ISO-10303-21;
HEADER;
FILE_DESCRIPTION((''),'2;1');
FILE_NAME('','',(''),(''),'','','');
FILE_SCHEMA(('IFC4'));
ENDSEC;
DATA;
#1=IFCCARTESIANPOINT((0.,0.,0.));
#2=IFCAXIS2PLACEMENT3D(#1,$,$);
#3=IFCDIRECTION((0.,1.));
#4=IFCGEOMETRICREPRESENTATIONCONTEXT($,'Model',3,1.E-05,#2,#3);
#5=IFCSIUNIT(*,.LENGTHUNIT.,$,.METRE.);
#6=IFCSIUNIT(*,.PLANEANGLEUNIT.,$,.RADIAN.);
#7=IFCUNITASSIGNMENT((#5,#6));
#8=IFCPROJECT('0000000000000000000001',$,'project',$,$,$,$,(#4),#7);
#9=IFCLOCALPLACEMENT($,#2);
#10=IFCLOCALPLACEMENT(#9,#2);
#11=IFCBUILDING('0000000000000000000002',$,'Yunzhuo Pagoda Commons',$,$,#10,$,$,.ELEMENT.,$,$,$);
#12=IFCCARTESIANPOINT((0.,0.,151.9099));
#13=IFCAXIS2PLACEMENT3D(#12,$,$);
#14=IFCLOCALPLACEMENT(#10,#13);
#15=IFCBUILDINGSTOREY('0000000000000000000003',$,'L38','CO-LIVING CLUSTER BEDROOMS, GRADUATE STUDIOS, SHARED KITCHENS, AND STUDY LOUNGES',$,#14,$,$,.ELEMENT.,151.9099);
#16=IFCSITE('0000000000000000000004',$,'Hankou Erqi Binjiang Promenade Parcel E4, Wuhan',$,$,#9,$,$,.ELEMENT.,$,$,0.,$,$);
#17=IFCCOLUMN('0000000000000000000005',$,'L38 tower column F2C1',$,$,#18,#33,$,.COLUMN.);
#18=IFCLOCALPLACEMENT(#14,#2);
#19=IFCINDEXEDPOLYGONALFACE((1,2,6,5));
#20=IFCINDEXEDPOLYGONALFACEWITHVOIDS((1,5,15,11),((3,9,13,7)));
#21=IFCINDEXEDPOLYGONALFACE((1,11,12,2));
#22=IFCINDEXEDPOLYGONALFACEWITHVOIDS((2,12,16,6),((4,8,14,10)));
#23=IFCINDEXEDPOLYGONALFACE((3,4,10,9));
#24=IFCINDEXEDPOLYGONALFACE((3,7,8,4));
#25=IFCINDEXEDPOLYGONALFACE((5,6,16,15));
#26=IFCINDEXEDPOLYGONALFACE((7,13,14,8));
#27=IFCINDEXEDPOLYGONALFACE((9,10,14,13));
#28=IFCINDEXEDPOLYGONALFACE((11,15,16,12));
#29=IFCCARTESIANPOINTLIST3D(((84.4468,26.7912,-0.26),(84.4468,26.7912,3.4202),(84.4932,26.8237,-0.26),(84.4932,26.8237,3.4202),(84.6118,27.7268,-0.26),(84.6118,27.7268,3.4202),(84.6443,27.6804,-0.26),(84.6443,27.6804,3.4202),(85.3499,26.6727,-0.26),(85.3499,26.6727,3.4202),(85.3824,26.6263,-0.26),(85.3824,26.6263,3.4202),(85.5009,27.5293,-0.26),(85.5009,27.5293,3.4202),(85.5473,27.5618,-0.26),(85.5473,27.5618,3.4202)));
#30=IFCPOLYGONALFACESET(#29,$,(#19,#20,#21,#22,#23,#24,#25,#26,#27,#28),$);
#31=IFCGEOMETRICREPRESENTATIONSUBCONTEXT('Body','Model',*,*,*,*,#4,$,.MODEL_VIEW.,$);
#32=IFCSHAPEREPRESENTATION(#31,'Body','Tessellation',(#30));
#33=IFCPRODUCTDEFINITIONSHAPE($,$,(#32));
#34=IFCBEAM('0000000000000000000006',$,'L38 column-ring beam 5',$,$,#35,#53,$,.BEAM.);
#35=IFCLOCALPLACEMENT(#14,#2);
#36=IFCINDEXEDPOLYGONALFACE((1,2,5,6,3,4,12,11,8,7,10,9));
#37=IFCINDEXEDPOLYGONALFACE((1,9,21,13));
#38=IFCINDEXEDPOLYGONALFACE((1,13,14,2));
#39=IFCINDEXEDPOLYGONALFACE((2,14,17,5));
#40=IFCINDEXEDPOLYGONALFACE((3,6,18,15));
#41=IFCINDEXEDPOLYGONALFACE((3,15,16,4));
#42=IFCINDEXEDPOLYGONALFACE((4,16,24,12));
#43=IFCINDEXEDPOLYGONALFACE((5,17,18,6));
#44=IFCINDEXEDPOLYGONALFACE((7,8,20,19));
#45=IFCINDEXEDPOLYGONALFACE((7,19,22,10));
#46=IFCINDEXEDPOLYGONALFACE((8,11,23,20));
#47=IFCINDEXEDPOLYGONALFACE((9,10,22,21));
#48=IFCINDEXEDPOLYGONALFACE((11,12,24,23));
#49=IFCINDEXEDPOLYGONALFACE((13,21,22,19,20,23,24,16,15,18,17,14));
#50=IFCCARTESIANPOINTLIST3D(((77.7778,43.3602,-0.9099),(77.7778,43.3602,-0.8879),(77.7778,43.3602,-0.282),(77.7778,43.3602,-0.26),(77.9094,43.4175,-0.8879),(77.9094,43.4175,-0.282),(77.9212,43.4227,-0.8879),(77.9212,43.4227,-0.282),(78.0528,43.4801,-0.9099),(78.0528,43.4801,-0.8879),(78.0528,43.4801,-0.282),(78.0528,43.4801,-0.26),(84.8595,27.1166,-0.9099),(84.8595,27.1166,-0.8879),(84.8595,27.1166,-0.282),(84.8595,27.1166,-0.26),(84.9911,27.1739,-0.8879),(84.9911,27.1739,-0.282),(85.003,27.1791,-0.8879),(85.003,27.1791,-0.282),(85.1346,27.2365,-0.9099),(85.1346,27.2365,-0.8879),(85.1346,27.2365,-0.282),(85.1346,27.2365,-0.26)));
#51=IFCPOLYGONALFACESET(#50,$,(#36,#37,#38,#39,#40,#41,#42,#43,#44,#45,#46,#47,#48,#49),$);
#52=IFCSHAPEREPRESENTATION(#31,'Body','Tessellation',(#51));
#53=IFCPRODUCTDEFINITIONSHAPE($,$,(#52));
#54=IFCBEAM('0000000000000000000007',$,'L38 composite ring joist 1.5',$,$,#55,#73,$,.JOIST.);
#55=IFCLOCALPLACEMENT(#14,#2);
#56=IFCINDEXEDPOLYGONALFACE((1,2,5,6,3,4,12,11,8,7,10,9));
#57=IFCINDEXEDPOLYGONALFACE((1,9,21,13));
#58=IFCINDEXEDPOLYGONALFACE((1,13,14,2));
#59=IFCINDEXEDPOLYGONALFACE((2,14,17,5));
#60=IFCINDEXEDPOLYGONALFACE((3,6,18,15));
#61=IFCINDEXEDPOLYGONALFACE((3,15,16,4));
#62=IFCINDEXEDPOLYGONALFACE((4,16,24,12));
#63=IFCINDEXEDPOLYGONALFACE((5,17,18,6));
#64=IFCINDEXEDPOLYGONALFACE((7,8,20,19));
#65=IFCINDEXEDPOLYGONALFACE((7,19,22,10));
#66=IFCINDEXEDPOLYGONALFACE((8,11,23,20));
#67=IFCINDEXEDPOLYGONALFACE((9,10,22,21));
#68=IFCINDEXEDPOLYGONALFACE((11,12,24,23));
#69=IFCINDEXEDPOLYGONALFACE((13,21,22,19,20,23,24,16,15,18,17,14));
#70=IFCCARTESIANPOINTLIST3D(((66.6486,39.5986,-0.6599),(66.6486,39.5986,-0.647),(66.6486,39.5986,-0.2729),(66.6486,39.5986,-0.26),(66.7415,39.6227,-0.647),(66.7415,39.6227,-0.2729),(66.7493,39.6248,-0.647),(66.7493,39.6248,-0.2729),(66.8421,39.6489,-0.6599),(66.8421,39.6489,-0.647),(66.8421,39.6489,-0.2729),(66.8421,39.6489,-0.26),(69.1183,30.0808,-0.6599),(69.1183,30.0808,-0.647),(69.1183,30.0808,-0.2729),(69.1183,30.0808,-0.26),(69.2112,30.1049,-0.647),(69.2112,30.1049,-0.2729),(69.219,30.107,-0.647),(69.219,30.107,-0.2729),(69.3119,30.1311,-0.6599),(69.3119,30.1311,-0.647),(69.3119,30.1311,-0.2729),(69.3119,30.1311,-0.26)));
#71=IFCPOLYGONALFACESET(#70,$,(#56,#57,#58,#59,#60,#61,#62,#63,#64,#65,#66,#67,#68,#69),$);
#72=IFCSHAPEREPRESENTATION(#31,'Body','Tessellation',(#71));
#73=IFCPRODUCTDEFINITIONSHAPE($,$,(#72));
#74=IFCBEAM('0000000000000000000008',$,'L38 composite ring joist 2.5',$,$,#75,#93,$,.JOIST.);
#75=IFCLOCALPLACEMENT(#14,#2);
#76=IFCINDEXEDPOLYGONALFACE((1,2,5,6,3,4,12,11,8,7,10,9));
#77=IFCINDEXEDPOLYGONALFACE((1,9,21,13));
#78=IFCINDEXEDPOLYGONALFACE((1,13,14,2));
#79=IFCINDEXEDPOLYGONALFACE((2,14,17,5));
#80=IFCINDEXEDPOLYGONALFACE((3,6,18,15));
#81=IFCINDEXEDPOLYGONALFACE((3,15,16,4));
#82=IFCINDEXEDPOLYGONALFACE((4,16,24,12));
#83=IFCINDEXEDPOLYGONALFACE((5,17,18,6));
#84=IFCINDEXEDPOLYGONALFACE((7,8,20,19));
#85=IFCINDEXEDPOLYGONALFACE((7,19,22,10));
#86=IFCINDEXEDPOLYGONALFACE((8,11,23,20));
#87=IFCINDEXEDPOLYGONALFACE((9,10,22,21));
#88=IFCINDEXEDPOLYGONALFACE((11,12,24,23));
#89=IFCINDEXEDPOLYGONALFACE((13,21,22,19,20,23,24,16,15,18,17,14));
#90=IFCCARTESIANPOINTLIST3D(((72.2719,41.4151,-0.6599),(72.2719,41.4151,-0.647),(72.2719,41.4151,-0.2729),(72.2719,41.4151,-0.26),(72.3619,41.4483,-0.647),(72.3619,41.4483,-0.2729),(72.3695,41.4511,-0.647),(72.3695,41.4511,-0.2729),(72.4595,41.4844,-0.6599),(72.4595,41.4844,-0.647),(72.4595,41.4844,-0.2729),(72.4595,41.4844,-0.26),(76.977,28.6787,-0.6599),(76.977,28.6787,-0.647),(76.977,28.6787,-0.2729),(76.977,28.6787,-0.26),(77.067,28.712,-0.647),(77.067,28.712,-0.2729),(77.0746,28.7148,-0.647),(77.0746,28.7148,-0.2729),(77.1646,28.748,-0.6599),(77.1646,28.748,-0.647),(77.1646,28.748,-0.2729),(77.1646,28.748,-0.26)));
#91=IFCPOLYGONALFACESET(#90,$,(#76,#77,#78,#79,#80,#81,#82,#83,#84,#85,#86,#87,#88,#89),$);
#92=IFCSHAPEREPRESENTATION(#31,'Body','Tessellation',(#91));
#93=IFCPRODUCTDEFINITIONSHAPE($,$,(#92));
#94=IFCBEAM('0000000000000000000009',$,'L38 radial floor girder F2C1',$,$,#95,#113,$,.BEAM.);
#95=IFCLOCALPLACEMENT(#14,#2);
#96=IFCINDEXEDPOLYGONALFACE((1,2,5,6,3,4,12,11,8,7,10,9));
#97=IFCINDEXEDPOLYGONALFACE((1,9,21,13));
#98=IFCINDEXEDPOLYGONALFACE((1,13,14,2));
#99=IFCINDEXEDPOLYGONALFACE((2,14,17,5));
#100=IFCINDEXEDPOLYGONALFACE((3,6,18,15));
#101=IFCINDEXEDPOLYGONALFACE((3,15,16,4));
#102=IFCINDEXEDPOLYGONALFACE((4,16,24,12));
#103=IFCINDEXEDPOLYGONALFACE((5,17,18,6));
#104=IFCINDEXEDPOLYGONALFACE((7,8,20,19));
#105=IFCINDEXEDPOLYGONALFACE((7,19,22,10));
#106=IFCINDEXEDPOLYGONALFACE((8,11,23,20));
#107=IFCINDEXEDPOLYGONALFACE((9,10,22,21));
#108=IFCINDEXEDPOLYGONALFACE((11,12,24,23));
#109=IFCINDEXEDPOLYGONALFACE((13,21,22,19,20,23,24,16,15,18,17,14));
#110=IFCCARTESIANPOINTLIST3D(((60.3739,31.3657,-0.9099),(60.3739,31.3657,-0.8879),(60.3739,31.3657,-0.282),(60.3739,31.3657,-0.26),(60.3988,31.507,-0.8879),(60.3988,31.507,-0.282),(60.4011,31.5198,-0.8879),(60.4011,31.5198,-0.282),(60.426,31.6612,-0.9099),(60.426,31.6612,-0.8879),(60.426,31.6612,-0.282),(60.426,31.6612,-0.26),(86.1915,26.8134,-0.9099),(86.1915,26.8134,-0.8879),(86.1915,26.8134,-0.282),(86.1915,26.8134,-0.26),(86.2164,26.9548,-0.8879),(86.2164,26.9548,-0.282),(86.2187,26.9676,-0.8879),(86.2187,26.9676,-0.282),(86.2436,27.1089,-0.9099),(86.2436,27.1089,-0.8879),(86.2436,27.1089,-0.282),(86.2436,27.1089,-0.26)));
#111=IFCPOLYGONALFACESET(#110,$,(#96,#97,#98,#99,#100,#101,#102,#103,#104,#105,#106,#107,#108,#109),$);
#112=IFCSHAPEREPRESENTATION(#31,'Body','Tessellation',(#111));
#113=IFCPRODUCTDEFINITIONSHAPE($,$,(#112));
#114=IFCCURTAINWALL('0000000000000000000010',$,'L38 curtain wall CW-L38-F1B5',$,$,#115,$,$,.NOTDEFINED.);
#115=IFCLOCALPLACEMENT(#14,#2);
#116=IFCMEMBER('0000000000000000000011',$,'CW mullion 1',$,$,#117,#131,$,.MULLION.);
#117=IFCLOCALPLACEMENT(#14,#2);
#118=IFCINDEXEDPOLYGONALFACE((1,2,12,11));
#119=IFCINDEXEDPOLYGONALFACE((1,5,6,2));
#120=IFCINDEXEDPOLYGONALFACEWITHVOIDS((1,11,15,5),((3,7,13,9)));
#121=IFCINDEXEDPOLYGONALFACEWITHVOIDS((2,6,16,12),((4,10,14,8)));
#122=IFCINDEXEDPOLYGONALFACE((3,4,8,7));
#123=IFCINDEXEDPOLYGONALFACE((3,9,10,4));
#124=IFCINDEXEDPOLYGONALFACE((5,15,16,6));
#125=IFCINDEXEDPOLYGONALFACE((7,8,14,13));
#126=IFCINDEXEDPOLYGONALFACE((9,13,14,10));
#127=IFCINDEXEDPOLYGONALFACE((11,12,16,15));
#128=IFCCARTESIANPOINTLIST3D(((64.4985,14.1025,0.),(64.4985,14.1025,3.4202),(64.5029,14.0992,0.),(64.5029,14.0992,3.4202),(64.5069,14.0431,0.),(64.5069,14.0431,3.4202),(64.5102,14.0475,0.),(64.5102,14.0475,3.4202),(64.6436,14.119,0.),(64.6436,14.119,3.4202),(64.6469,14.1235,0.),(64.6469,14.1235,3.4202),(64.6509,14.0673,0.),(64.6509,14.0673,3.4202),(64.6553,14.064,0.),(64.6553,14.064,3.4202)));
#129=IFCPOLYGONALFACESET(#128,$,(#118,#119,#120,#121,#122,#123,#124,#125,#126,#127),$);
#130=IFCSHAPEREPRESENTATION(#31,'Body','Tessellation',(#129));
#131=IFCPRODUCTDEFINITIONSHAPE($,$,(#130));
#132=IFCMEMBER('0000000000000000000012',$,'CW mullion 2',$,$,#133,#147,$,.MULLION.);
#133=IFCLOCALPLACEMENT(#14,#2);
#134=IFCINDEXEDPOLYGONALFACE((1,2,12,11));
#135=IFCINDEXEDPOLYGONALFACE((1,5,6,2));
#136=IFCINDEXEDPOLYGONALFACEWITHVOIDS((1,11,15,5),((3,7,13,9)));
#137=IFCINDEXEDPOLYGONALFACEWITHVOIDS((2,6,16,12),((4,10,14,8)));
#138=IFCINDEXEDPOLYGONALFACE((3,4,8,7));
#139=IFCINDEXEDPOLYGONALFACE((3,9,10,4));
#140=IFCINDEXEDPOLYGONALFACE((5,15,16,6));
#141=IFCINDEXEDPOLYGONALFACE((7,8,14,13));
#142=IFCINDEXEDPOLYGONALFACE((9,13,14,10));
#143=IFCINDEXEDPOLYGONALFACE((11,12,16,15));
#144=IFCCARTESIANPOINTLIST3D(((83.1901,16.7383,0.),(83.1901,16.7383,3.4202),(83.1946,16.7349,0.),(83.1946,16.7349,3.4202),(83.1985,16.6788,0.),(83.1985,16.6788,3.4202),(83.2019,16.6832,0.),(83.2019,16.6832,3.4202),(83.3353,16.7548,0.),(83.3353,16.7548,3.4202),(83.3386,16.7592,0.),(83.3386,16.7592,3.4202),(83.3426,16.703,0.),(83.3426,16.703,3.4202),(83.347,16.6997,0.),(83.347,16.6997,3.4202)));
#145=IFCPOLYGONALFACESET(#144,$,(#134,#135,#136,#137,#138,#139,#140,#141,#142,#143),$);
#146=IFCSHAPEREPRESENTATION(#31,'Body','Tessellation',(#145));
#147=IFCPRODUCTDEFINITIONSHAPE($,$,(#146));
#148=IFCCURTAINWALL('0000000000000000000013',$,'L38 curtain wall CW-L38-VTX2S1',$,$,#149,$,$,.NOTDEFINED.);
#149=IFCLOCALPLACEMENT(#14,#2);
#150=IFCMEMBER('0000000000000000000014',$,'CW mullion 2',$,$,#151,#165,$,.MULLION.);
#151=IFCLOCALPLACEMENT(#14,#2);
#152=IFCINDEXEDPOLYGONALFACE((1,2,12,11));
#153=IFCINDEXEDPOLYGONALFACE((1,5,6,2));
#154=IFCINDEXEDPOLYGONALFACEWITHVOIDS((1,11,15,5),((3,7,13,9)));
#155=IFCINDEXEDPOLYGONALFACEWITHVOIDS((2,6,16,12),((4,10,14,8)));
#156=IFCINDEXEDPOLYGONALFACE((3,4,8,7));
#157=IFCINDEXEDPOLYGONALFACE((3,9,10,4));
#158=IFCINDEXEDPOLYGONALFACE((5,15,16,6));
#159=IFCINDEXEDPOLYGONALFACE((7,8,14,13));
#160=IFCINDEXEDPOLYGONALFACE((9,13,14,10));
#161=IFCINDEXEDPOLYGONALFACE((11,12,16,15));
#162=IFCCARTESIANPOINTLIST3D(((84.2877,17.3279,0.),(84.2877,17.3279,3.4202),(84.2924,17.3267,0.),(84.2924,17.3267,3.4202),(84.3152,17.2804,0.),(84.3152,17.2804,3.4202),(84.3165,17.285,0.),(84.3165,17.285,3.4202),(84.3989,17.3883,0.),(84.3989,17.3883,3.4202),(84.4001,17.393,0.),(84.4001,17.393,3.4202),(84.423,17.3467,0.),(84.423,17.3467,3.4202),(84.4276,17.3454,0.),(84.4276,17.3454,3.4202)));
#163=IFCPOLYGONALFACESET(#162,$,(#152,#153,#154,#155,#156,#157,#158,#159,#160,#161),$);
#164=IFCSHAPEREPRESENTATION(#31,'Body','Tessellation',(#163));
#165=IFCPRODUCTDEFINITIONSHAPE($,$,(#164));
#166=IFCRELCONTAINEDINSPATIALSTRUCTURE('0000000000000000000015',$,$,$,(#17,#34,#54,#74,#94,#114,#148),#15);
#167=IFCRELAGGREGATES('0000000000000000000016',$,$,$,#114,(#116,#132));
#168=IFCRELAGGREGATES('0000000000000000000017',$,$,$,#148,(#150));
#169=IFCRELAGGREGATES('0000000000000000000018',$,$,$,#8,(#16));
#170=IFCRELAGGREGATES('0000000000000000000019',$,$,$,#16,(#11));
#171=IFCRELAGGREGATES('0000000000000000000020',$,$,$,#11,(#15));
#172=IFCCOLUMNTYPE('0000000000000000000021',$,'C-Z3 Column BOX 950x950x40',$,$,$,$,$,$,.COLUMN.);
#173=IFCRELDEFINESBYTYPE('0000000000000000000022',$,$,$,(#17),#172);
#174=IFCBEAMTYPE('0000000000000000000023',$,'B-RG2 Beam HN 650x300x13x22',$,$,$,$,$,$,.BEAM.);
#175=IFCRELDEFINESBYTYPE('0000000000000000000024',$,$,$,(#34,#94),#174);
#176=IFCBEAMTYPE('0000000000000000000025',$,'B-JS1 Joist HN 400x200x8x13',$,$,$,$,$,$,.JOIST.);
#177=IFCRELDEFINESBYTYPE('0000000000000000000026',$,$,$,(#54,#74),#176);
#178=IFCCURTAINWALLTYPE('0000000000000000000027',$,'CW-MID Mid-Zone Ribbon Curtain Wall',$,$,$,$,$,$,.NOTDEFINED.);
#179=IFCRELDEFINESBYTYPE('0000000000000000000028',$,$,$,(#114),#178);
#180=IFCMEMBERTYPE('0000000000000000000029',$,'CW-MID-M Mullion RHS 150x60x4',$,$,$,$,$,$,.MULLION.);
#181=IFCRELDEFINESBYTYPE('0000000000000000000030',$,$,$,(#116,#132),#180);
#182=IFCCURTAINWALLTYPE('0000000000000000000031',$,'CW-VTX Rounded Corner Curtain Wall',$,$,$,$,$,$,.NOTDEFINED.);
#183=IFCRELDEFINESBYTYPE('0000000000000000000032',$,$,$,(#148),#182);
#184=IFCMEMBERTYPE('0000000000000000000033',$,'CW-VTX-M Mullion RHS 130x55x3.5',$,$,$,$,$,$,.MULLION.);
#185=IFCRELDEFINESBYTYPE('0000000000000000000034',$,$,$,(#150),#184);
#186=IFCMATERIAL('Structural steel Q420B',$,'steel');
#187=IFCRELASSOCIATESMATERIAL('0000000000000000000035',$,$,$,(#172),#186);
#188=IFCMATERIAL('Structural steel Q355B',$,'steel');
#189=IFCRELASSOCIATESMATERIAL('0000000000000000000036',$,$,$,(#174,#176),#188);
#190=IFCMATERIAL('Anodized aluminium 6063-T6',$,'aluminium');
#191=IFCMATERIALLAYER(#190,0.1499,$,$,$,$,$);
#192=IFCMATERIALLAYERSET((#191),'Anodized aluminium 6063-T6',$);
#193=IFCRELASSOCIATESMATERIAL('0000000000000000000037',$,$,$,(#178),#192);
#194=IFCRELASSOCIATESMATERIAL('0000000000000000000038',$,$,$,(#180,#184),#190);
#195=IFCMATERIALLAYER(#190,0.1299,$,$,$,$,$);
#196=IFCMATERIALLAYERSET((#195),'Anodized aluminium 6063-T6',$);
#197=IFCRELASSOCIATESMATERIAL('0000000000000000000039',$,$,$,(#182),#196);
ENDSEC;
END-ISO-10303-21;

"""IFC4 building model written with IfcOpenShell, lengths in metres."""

from ifc_helpers import new_model, si_unit, direction, frame, origin, origin_2d, place, context, subcontext, project, spatial, hollow_rectangle, i_section, extrude, source, transform, mapped, material, layer, layer_set, material_profile, profile_set, type_object, element, aggregate, save


model = new_model("IFC4")

# Units and contexts
model_context = context("Model", 3, precision=1e-05, world=origin(), true_north=direction((0.0, 1.0)))
body_context = subcontext(model_context, "Body", "Model", "MODEL_VIEW")
ifc_project = project(units=[si_unit("LENGTHUNIT", "METRE"), si_unit("PLANEANGLEUNIT", "RADIAN")], contexts=[model_context])

# Site, building, storey
site_placement = place(None, origin())
site = spatial("IfcSite", under=ifc_project, at=site_placement, Name="Hankou Erqi Binjiang Promenade Parcel E4, Wuhan", CompositionType="ELEMENT", RefElevation=0.0)
building_placement = place(site_placement, origin())
building = spatial("IfcBuilding", under=site, at=building_placement, Name="Yunzhuo Pagoda Commons", CompositionType="ELEMENT")
storey_placement = place(building_placement, frame((0.0, 0.0, 151.9099)))
storey = spatial("IfcBuildingStorey", under=building, at=storey_placement, Name="L38", Description="CO-LIVING CLUSTER BEDROOMS, GRADUATE STUDIOS, SHARED KITCHENS, AND STUDY LOUNGES", CompositionType="ELEMENT", Elevation=151.9099)

# Column
ifc_material_1 = material(Name="Structural steel Q420B", Category="steel")
ifc_material_profile_1 = material_profile(ifc_material_1, hollow_rectangle(XDim=0.95, YDim=0.95, WallThickness=0.04, at=origin_2d()), Name="Structural steel Q420B")
ifc_profile_set_1 = profile_set([ifc_material_profile_1], Name="Structural steel Q420B")
column_type = type_object("IfcColumnType", Name="C-Z3 Column BOX 950x950x40", PredefinedType="COLUMN", material=ifc_profile_set_1)
shared_shape_1 = source(origin(), body_context, "Body", "SweptSolid", [
    extrude(hollow_rectangle(XDim=0.95, YDim=0.95, WallThickness=0.04, at=origin_2d()), origin(), (0.0, 0.0, 1.0), 3.6802),
])
column_placement = place(storey_placement, frame((84.9971, 27.1765, -0.26), z_axis=(0.0, 0.0, 1.0), x_axis=(0.173648, 0.984808, 0.0)))
element("IfcColumn", 1, at=column_placement, inside=storey, type_object=column_type, Name="L38 tower column F2C1", PredefinedType="COLUMN", context=body_context, shape_type="MappedRepresentation", body=[
    mapped(shared_shape_1, transform((0.0, 0.0, 0.0), scale=1.0)),
])

# Beams
ifc_material_2 = material(Name="Structural steel Q355B", Category="steel")
ifc_material_profile_2 = material_profile(ifc_material_2, i_section(OverallWidth=0.3, OverallDepth=0.6499, WebThickness=0.0129, FlangeThickness=0.022, at=origin_2d()), Name="Structural steel Q355B")
ifc_profile_set_2 = profile_set([ifc_material_profile_2], Name="Structural steel Q355B")
beam_type_1 = type_object("IfcBeamType", Name="B-RG2 Beam HN 650x300x13x22", PredefinedType="BEAM", material=ifc_profile_set_2)
shared_shape_2 = source(origin(), body_context, "Body", "SweptSolid", [
    extrude(i_section(OverallWidth=0.3, OverallDepth=0.6499, WebThickness=0.0129, FlangeThickness=0.022, at=origin_2d()), origin(), (0.0, 0.0, 1.0), 17.7202),
])
beam_1_placement = place(storey_placement, frame((84.9971, 27.1765, -0.585), z_axis=(-0.399643, 0.916671, 0.0), x_axis=(-0.916671, -0.399643, 0.0)))
element("IfcBeam", 2, at=beam_1_placement, inside=storey, type_object=beam_type_1, Name="L38 column-ring beam 5", PredefinedType="BEAM", context=body_context, shape_type="MappedRepresentation", body=[
    mapped(shared_shape_2, transform((0.0, 0.0, 0.0), scale=1.0)),
])
ifc_material_profile_3 = material_profile(ifc_material_2, i_section(OverallWidth=0.2, OverallDepth=0.3999, WebThickness=0.0081, FlangeThickness=0.0129, at=origin_2d()), Name="Structural steel Q355B")
ifc_profile_set_3 = profile_set([ifc_material_profile_3], Name="Structural steel Q355B")
beam_type_2 = type_object("IfcBeamType", Name="B-JS1 Joist HN 400x200x8x13", PredefinedType="JOIST", material=ifc_profile_set_3)
shared_shape_3 = source(origin(), body_context, "Body", "SweptSolid", [
    extrude(i_section(OverallWidth=0.2, OverallDepth=0.3999, WebThickness=0.0081, FlangeThickness=0.0129, at=origin_2d()), origin(), (0.0, 0.0, 1.0), 9.833),
])
beam_2_placement = place(storey_placement, frame((69.2151, 30.106, -0.46), z_axis=(-0.251166, 0.967944, 0.0), x_axis=(-0.967944, -0.251166, 0.0)))
element("IfcBeam", 3, at=beam_2_placement, inside=storey, type_object=beam_type_2, Name="L38 composite ring joist 1.5", PredefinedType="JOIST", context=body_context, shape_type="MappedRepresentation", body=[
    mapped(shared_shape_3, transform((0.0, 0.0, 0.0), scale=1.0)),
])
shared_shape_4 = source(origin(), body_context, "Body", "SweptSolid", [
    extrude(i_section(OverallWidth=0.2, OverallDepth=0.3999, WebThickness=0.0081, FlangeThickness=0.0129, at=origin_2d()), origin(), (0.0, 0.0, 1.0), 13.5776),
])
beam_3_placement = place(storey_placement, frame((77.0708, 28.7134, -0.46), z_axis=(-0.346532, 0.938038, 0.0), x_axis=(-0.938038, -0.346532, 0.0)))
element("IfcBeam", 4, at=beam_3_placement, inside=storey, type_object=beam_type_2, Name="L38 composite ring joist 2.5", PredefinedType="JOIST", context=body_context, shape_type="MappedRepresentation", body=[
    mapped(shared_shape_4, transform((0.0, 0.0, 0.0), scale=1.0)),
])
shared_shape_5 = source(origin(), body_context, "Body", "SweptSolid", [
    extrude(i_section(OverallWidth=0.3, OverallDepth=0.6499, WebThickness=0.0129, FlangeThickness=0.022, at=origin_2d()), origin(), (0.0, 0.0, 1.0), 26.2158),
])
beam_4_placement = place(storey_placement, frame((86.2175, 26.9612, -0.585), z_axis=(-0.984808, 0.173645, 0.0), x_axis=(-0.173645, -0.984808, 0.0)))
element("IfcBeam", 5, at=beam_4_placement, inside=storey, type_object=beam_type_1, Name="L38 radial floor girder F2C1", PredefinedType="BEAM", context=body_context, shape_type="MappedRepresentation", body=[
    mapped(shared_shape_5, transform((0.0, 0.0, 0.0), scale=1.0)),
])

# Curtain walls, members
ifc_material_3 = material(Name="Anodized aluminium 6063-T6", Category="aluminium")
ifc_layer_1 = layer(ifc_material_3, 0.1499)
ifc_layer_set_1 = layer_set([ifc_layer_1], Name="Anodized aluminium 6063-T6")
curtain_wall_type_1 = type_object("IfcCurtainWallType", Name="CW-MID Mid-Zone Ribbon Curtain Wall", PredefinedType="NOTDEFINED", material=ifc_layer_set_1)
curtain_wall_1_placement = place(storey_placement, origin())
curtain_wall_1 = element("IfcCurtainWall", 6, at=curtain_wall_1_placement, inside=storey, type_object=curtain_wall_type_1, Name="L38 curtain wall CW-L38-F1B5", PredefinedType="NOTDEFINED")
ifc_material_profile_4 = material_profile(ifc_material_3, hollow_rectangle(XDim=0.0601, YDim=0.1499, WallThickness=0.0039, at=origin_2d()), Name="Anodized aluminium 6063-T6")
ifc_profile_set_4 = profile_set([ifc_material_profile_4], Name="Anodized aluminium 6063-T6")
member_type_1 = type_object("IfcMemberType", Name="CW-MID-M Mullion RHS 150x60x4", PredefinedType="MULLION", material=ifc_profile_set_4)
shared_shape_6 = source(origin(), body_context, "Body", "SweptSolid", [
    extrude(hollow_rectangle(XDim=0.0601, YDim=0.1499, WallThickness=0.0039, at=origin_2d()), origin(), (0.0, 0.0, 1.0), 3.4202),
])
member_1_placement = place(storey_placement, frame((64.5769, 14.0833, 0.0), z_axis=(0.0, 0.0, 1.0), x_axis=(-0.13963, 0.990204, 0.0)))
member_1 = element("IfcMember", 7, at=member_1_placement, type_object=member_type_1, Name="CW mullion 1", PredefinedType="MULLION", context=body_context, shape_type="MappedRepresentation", body=[
    mapped(shared_shape_6, transform((0.0, 0.0, 0.0), scale=1.0)),
])
member_2_placement = place(storey_placement, frame((83.2686, 16.719, 0.0), z_axis=(0.0, 0.0, 1.0), x_axis=(-0.13963, 0.990204, 0.0)))
member_2 = element("IfcMember", 8, at=member_2_placement, type_object=member_type_1, Name="CW mullion 2", PredefinedType="MULLION", context=body_context, shape_type="MappedRepresentation", body=[
    mapped(shared_shape_6, transform((0.0, 0.0, 0.0), scale=1.0)),
])
ifc_layer_2 = layer(ifc_material_3, 0.1299)
ifc_layer_set_2 = layer_set([ifc_layer_2], Name="Anodized aluminium 6063-T6")
curtain_wall_type_2 = type_object("IfcCurtainWallType", Name="CW-VTX Rounded Corner Curtain Wall", PredefinedType="NOTDEFINED", material=ifc_layer_set_2)
curtain_wall_2_placement = place(storey_placement, origin())
curtain_wall_2 = element("IfcCurtainWall", 9, at=curtain_wall_2_placement, inside=storey, type_object=curtain_wall_type_2, Name="L38 curtain wall CW-L38-VTX2S1", PredefinedType="NOTDEFINED")
ifc_material_profile_5 = material_profile(ifc_material_3, hollow_rectangle(XDim=0.0549, YDim=0.1299, WallThickness=0.0034, at=origin_2d()), Name="Anodized aluminium 6063-T6")
ifc_profile_set_5 = profile_set([ifc_material_profile_5], Name="Anodized aluminium 6063-T6")
member_type_2 = type_object("IfcMemberType", Name="CW-VTX-M Mullion RHS 130x55x3.5", PredefinedType="MULLION", material=ifc_profile_set_5)
shared_shape_7 = source(origin(), body_context, "Body", "SweptSolid", [
    extrude(hollow_rectangle(XDim=0.0549, YDim=0.1299, WallThickness=0.0034, at=origin_2d()), origin(), (0.0, 0.0, 1.0), 3.4202),
])
member_3_placement = place(storey_placement, frame((84.3577, 17.3367, 0.0), z_axis=(0.0, 0.0, 1.0), x_axis=(-0.501035, 0.865427, 0.0)))
member_3 = element("IfcMember", 10, at=member_3_placement, type_object=member_type_2, Name="CW mullion 2", PredefinedType="MULLION", context=body_context, shape_type="MappedRepresentation", body=[
    mapped(shared_shape_7, transform((0.0, 0.0, 0.0), scale=1.0)),
])

aggregate(curtain_wall_1, [member_1, member_2])
aggregate(curtain_wall_2, [member_3])

save(model, "model.ifc")
